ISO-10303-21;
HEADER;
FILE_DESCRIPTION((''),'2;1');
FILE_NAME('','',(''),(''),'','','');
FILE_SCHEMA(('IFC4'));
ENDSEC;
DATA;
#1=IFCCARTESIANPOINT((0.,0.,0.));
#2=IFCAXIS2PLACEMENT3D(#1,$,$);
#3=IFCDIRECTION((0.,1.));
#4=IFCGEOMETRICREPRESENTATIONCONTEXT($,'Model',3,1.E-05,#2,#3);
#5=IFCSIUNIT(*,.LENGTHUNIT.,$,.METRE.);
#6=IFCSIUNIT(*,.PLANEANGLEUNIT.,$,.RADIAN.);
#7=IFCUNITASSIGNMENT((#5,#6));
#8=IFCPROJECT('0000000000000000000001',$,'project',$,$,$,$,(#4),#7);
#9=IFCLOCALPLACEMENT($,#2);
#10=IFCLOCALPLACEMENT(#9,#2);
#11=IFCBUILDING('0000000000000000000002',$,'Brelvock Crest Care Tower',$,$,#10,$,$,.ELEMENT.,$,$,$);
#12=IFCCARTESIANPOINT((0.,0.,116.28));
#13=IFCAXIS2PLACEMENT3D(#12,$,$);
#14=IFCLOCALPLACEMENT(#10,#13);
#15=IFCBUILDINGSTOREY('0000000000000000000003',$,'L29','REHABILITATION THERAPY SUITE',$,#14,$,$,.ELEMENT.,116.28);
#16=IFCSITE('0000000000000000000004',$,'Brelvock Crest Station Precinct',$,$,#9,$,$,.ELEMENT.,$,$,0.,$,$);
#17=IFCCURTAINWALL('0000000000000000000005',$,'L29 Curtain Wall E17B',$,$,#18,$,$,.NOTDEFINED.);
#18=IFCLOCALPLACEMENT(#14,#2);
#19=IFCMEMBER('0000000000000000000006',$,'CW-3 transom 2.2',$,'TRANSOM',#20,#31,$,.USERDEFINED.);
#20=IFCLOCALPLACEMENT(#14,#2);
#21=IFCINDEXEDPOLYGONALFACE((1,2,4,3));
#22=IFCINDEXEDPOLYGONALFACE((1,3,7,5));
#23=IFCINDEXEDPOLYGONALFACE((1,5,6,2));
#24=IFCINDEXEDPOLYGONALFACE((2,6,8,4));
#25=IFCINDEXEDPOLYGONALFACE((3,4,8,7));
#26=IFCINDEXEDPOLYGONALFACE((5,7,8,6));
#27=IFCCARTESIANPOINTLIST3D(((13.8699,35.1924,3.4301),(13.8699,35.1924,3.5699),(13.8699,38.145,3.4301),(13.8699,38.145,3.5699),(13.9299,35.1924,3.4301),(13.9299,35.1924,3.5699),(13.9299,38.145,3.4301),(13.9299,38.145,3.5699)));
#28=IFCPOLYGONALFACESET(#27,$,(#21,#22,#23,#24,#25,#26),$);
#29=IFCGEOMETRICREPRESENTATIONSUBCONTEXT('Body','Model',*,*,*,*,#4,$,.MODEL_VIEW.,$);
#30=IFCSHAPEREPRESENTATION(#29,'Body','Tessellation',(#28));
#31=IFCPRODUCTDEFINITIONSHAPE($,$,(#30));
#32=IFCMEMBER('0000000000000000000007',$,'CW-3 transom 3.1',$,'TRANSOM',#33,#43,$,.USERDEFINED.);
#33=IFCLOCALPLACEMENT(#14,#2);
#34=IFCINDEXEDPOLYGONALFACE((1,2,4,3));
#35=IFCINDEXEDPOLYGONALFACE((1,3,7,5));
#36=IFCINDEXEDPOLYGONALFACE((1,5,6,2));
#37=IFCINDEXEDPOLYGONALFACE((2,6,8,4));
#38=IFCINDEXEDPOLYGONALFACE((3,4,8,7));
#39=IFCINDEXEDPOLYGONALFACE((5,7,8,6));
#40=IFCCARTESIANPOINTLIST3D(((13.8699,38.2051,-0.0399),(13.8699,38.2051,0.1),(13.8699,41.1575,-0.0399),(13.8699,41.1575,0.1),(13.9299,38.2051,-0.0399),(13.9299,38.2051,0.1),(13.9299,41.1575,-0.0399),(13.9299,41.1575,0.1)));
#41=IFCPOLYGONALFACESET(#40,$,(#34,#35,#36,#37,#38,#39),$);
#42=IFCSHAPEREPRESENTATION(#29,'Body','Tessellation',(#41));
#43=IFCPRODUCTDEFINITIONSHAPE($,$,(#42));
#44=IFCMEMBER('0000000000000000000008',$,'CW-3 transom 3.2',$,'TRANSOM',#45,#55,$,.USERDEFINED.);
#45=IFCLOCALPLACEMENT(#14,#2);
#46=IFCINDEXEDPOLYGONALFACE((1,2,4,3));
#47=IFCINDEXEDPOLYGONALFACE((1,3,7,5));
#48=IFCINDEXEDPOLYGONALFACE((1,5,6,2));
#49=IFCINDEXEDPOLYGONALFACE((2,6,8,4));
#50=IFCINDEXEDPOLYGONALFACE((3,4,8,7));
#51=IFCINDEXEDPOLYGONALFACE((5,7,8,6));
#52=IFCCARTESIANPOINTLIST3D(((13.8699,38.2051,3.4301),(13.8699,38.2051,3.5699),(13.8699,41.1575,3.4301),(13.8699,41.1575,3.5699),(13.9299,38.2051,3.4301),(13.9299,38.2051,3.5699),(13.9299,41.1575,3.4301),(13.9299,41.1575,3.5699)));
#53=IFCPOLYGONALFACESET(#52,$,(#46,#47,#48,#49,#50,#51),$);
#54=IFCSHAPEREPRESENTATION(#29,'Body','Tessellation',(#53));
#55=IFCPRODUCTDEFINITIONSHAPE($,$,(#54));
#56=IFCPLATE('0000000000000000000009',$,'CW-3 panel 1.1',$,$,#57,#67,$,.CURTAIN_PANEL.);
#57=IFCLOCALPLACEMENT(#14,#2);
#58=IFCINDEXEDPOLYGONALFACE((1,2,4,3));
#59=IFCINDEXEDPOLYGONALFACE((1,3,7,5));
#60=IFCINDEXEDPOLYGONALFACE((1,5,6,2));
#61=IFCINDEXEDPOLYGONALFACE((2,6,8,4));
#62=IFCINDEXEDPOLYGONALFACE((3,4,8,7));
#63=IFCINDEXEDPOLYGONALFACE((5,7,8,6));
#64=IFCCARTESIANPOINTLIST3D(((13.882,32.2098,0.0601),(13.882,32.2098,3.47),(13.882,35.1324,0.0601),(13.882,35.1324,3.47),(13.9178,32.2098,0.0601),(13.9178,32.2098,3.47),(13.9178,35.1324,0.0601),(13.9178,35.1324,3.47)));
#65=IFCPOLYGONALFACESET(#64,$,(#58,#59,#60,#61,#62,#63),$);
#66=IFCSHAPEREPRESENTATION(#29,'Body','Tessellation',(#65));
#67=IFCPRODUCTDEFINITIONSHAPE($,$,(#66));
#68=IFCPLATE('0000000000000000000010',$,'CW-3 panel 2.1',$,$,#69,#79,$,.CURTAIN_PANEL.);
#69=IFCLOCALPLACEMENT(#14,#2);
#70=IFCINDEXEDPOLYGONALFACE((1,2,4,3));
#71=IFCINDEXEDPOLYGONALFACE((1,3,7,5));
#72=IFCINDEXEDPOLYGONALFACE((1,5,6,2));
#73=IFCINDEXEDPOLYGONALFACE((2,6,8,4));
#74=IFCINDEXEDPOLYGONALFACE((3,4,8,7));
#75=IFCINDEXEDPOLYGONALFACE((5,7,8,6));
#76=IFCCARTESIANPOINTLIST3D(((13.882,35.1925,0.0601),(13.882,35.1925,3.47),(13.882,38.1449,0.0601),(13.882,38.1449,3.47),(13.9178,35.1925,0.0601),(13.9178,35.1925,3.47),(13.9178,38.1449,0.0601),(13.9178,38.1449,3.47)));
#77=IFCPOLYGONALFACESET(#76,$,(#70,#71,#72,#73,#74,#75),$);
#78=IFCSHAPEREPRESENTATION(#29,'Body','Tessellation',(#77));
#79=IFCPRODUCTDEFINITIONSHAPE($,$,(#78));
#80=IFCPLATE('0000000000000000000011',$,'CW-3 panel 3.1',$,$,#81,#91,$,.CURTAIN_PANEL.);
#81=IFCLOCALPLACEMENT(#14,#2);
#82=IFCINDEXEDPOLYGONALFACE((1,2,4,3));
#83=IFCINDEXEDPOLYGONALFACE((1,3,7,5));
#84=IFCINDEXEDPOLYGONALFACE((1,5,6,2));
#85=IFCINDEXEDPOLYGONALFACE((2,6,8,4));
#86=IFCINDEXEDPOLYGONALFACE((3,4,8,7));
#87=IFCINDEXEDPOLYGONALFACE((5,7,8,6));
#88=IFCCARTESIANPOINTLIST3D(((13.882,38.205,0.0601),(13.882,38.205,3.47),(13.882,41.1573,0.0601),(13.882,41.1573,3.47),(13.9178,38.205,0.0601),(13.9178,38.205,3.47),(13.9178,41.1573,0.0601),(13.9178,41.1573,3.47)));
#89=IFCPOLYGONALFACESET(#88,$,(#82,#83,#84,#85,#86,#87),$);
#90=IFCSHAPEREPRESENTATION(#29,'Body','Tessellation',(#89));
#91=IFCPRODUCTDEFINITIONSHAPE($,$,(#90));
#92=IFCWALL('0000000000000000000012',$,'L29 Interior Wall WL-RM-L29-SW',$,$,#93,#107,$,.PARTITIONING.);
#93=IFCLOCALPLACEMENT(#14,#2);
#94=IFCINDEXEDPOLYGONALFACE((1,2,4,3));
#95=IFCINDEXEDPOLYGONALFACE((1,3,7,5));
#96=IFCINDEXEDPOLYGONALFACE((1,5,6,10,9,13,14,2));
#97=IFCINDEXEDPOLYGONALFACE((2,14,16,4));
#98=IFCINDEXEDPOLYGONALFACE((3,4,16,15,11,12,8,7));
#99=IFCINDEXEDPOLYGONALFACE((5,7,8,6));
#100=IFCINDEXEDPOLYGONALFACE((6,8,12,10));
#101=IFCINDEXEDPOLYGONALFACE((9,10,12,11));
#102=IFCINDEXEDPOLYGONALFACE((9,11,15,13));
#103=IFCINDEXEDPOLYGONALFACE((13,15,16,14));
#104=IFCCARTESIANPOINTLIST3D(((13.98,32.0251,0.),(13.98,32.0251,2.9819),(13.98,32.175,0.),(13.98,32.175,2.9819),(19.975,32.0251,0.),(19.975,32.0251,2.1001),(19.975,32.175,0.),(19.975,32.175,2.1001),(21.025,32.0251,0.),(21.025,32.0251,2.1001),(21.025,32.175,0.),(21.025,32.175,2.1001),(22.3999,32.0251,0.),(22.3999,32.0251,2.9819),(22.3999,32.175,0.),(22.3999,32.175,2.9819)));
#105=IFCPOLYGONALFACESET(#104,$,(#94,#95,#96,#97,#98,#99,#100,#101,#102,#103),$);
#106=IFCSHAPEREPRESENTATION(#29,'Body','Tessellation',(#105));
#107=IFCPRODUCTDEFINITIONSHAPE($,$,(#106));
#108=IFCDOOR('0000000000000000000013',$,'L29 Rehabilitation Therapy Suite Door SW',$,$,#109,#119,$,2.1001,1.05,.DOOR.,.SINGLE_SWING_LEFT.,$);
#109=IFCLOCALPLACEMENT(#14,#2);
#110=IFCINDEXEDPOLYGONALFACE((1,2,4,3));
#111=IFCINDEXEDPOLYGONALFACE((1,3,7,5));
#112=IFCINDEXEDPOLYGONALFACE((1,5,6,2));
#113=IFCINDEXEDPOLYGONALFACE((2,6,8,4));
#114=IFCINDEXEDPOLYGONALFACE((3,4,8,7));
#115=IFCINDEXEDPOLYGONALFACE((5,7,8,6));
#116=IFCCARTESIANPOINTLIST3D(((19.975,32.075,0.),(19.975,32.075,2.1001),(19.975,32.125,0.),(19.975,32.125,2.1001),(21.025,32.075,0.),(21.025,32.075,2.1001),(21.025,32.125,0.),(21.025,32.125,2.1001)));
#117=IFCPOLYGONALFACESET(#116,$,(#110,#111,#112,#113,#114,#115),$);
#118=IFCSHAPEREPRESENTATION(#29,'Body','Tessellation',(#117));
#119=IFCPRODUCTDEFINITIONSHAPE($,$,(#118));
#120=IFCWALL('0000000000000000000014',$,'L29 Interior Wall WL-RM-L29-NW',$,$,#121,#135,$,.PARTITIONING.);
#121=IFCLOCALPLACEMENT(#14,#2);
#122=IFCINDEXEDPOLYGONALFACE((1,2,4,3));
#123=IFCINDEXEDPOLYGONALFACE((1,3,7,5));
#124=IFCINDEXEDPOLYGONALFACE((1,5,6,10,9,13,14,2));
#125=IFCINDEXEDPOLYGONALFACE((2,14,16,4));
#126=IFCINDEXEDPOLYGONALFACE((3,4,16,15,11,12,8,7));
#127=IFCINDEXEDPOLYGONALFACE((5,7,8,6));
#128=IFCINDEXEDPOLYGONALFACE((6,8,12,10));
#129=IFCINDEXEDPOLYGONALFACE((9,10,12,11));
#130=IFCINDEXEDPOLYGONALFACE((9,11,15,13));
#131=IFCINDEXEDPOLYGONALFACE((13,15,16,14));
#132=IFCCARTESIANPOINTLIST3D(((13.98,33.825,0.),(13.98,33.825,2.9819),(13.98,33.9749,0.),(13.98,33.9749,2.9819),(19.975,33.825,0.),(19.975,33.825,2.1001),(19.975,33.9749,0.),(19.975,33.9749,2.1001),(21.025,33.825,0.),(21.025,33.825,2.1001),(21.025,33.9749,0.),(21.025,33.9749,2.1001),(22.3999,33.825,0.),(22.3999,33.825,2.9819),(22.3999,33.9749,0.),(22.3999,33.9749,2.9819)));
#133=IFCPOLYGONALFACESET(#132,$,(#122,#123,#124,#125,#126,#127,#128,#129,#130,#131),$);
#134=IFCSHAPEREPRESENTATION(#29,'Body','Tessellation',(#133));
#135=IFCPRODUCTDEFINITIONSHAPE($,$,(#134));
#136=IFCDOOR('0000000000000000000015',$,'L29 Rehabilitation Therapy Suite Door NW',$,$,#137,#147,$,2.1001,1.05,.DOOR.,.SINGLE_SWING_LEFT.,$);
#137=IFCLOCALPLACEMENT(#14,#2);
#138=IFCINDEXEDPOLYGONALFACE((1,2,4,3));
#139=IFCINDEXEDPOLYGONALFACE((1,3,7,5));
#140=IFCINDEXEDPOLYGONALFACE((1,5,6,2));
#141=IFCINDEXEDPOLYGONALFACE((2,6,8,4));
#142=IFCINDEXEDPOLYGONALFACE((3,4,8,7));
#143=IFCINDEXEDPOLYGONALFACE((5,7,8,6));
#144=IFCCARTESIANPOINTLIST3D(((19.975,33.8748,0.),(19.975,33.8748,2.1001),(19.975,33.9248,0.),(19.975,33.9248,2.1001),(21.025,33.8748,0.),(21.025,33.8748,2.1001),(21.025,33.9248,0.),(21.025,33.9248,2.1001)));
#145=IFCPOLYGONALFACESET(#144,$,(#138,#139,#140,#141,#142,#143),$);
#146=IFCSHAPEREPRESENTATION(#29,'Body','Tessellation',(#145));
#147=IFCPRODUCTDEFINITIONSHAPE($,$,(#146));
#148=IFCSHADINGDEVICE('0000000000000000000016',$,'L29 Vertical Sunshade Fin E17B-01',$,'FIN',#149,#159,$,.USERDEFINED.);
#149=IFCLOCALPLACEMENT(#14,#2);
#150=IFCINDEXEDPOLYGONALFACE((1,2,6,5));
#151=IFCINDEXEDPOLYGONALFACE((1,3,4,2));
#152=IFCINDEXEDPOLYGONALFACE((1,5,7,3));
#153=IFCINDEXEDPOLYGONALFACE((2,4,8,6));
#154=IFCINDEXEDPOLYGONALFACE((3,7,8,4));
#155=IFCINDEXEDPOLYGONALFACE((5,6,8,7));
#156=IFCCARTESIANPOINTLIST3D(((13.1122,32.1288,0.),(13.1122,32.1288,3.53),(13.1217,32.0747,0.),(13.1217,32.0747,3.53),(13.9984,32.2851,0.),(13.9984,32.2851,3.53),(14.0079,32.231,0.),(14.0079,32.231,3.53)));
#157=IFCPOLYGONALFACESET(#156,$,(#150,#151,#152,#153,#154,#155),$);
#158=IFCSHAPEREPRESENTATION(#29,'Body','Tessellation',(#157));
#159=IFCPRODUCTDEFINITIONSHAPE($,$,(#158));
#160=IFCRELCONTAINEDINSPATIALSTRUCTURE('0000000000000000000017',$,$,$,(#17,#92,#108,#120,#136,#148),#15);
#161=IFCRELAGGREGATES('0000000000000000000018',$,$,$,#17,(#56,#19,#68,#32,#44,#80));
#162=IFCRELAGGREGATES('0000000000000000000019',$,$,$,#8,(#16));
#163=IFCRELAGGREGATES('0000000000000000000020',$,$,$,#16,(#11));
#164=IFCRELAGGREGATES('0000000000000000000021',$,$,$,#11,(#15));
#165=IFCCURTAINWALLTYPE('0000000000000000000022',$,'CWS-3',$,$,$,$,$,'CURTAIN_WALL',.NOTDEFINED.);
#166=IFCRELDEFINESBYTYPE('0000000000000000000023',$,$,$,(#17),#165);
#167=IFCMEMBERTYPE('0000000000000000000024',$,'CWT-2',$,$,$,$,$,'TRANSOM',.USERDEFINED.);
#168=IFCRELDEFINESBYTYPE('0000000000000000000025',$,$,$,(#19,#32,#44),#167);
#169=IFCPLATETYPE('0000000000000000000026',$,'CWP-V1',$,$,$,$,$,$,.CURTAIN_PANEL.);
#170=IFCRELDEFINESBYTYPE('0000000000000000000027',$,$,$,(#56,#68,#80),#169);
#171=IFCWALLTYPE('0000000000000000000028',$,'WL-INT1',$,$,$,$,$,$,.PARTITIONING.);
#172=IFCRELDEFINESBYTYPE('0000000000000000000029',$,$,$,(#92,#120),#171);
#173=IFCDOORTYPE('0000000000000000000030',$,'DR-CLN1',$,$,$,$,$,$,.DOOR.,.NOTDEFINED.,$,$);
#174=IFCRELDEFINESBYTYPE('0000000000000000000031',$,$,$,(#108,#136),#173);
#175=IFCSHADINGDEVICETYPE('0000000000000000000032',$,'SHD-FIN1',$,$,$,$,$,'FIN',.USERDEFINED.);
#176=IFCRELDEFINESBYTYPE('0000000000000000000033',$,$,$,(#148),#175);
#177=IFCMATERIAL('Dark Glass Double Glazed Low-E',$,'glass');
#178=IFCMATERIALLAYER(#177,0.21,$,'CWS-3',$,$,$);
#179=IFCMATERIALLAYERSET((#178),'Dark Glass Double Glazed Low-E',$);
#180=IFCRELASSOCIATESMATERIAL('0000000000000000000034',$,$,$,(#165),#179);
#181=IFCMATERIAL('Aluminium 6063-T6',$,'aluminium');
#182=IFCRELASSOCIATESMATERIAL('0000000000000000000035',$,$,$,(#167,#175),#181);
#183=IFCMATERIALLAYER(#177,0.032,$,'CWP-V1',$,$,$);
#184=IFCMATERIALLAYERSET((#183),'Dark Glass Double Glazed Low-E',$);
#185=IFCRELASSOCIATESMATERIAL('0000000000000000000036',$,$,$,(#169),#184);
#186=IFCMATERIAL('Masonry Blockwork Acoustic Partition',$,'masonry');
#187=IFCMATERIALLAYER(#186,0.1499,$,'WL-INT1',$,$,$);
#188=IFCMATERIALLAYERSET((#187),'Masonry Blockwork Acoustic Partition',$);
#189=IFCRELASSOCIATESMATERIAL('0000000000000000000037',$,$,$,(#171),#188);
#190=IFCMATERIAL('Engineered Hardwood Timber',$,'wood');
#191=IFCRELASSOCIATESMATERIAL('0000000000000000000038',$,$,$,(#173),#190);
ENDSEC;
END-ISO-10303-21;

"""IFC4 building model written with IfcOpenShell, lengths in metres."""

from ifc_helpers import new_model, si_unit, direction, frame, frame_2d, origin, origin_2d, place, context, subcontext, project, spatial, rectangle, extrude, source, transform, mapped, material, layer, layer_set, material_profile, profile_set, type_object, element, fill, aggregate, save


model = new_model("IFC4")

# Units and contexts
model_context = context("Model", 3, precision=1e-05, world=origin(), true_north=direction((0.0, 1.0)))
body_context = subcontext(model_context, "Body", "Model", "MODEL_VIEW")
ifc_project = project(units=[si_unit("LENGTHUNIT", "METRE"), si_unit("PLANEANGLEUNIT", "RADIAN")], contexts=[model_context])

# Site, building, storey
site_placement = place(None, origin())
site = spatial("IfcSite", under=ifc_project, at=site_placement, Name="Brelvock Crest Station Precinct", CompositionType="ELEMENT", RefElevation=0.0)
building_placement = place(site_placement, origin())
building = spatial("IfcBuilding", under=site, at=building_placement, Name="Brelvock Crest Care Tower", CompositionType="ELEMENT")
storey_placement = place(building_placement, frame((0.0, 0.0, 116.28)))
storey = spatial("IfcBuildingStorey", under=building, at=storey_placement, Name="L29", Description="REHABILITATION THERAPY SUITE", CompositionType="ELEMENT", Elevation=116.28)

# Curtain wall, members, plates
ifc_material_1 = material(Name="Dark Glass Double Glazed Low-E", Category="glass")
ifc_layer_1 = layer(ifc_material_1, 0.21, Name="CWS-3")
ifc_layer_set_1 = layer_set([ifc_layer_1], Name="Dark Glass Double Glazed Low-E")
curtain_wall_type = type_object("IfcCurtainWallType", Name="CWS-3", ElementType="CURTAIN_WALL", PredefinedType="NOTDEFINED", material=ifc_layer_set_1)
curtain_wall_placement = place(storey_placement, origin())
curtain_wall = element("IfcCurtainWall", 1, at=curtain_wall_placement, inside=storey, type_object=curtain_wall_type, Name="L29 Curtain Wall E17B", PredefinedType="NOTDEFINED")
ifc_material_2 = material(Name="Aluminium 6063-T6", Category="aluminium")
ifc_material_profile_1 = material_profile(ifc_material_2, rectangle(XDim=0.0601, YDim=0.1399, at=origin_2d()), Name="ALU60x140")
ifc_profile_set_1 = profile_set([ifc_material_profile_1], Name="Aluminium 6063-T6")
member_type_1 = type_object("IfcMemberType", Name="CWT-2", ElementType="TRANSOM", PredefinedType="USERDEFINED", material=ifc_profile_set_1)
shared_shape_1 = source(origin(), body_context, "Body", "SweptSolid", [
    extrude(rectangle(XDim=0.0601, YDim=0.1399, at=origin_2d()), origin(), (0.0, 0.0, 1.0), 2.9526),
])
member_1_placement = place(storey_placement, frame((13.8999, 35.1924, 3.5), z_axis=(0.0, 1.0, 0.0), x_axis=(-1.0, 0.0, 0.0)))
member_1 = element("IfcMember", 2, at=member_1_placement, type_object=member_type_1, Name="CW-3 transom 2.2", ObjectType="TRANSOM", PredefinedType="USERDEFINED", context=body_context, shape_type="MappedRepresentation", body=[
    mapped(shared_shape_1, transform((0.0, 0.0, 0.0), x_axis=(1.0, 0.0, 0.0), y_axis=(0.0, 1.0, 0.0), z_axis=(0.0, 0.0, 1.0), scale=1.0)),
])
shared_shape_2 = source(origin(), body_context, "Body", "SweptSolid", [
    extrude(rectangle(XDim=0.0601, YDim=0.1399, at=origin_2d()), origin(), (0.0, 0.0, 1.0), 2.9524),
])
member_2_placement = place(storey_placement, frame((13.8999, 38.2051, 0.03), z_axis=(0.0, 1.0, 0.0), x_axis=(-1.0, 0.0, 0.0)))
member_2 = element("IfcMember", 3, at=member_2_placement, type_object=member_type_1, Name="CW-3 transom 3.1", ObjectType="TRANSOM", PredefinedType="USERDEFINED", context=body_context, shape_type="MappedRepresentation", body=[
    mapped(shared_shape_2, transform((0.0, 0.0, 0.0), x_axis=(1.0, 0.0, 0.0), y_axis=(0.0, 1.0, 0.0), z_axis=(0.0, 0.0, 1.0), scale=1.0)),
])
member_3_placement = place(storey_placement, frame((13.8999, 38.2051, 3.5), z_axis=(0.0, 1.0, 0.0), x_axis=(-1.0, 0.0, 0.0)))
member_3 = element("IfcMember", 4, at=member_3_placement, type_object=member_type_1, Name="CW-3 transom 3.2", ObjectType="TRANSOM", PredefinedType="USERDEFINED", context=body_context, shape_type="MappedRepresentation", body=[
    mapped(shared_shape_2, transform((0.0, 0.0, 0.0), x_axis=(1.0, 0.0, 0.0), y_axis=(0.0, 1.0, 0.0), z_axis=(0.0, 0.0, 1.0), scale=1.0)),
])
ifc_layer_2 = layer(ifc_material_1, 0.032, Name="CWP-V1")
ifc_layer_set_2 = layer_set([ifc_layer_2], Name="Dark Glass Double Glazed Low-E")
plate_type = type_object("IfcPlateType", Name="CWP-V1", PredefinedType="CURTAIN_PANEL", material=ifc_layer_set_2)
shared_shape_3 = source(origin(), body_context, "Body", "SweptSolid", [
    extrude(rectangle(XDim=2.9226, YDim=0.0359, at=origin_2d()), origin(), (0.0, 0.0, 1.0), 3.4099),
])
plate_1_placement = place(storey_placement, frame((13.8999, 33.6711, 0.0601), z_axis=(0.0, 0.0, 1.0), x_axis=(0.0, 1.0, 0.0)))
plate_1 = element("IfcPlate", 5, at=plate_1_placement, type_object=plate_type, Name="CW-3 panel 1.1", PredefinedType="CURTAIN_PANEL", context=body_context, shape_type="MappedRepresentation", body=[
    mapped(shared_shape_3, transform((0.0, 0.0, 0.0), x_axis=(1.0, 0.0, 0.0), y_axis=(0.0, 1.0, 0.0), z_axis=(0.0, 0.0, 1.0), scale=1.0)),
])
shared_shape_4 = source(origin(), body_context, "Body", "SweptSolid", [
    extrude(rectangle(XDim=2.9524, YDim=0.0359, at=origin_2d()), origin(), (0.0, 0.0, 1.0), 3.4099),
])
plate_2_placement = place(storey_placement, frame((13.8999, 36.6687, 0.0601), z_axis=(0.0, 0.0, 1.0), x_axis=(0.0, 1.0, 0.0)))
plate_2 = element("IfcPlate", 6, at=plate_2_placement, type_object=plate_type, Name="CW-3 panel 2.1", PredefinedType="CURTAIN_PANEL", context=body_context, shape_type="MappedRepresentation", body=[
    mapped(shared_shape_4, transform((0.0, 0.0, 0.0), x_axis=(1.0, 0.0, 0.0), y_axis=(0.0, 1.0, 0.0), z_axis=(0.0, 0.0, 1.0), scale=1.0)),
])
plate_3_placement = place(storey_placement, frame((13.8999, 39.6812, 0.0601), z_axis=(0.0, 0.0, 1.0), x_axis=(0.0, 1.0, 0.0)))
plate_3 = element("IfcPlate", 7, at=plate_3_placement, type_object=plate_type, Name="CW-3 panel 3.1", PredefinedType="CURTAIN_PANEL", context=body_context, shape_type="MappedRepresentation", body=[
    mapped(shared_shape_4, transform((0.0, 0.0, 0.0), x_axis=(1.0, 0.0, 0.0), y_axis=(0.0, 1.0, 0.0), z_axis=(0.0, 0.0, 1.0), scale=1.0)),
])
aggregate(curtain_wall, [plate_1, member_1, plate_2, member_2, member_3, plate_3])

# Walls, openings, doors
ifc_material_3 = material(Name="Masonry Blockwork Acoustic Partition", Category="masonry")
ifc_layer_3 = layer(ifc_material_3, 0.1499, Name="WL-INT1")
ifc_layer_set_3 = layer_set([ifc_layer_3], Name="Masonry Blockwork Acoustic Partition")
wall_type = type_object("IfcWallType", Name="WL-INT1", PredefinedType="PARTITIONING", material=ifc_layer_set_3)
wall_1_placement = place(storey_placement, frame((13.98, 32.1001, 0.0), z_axis=(0.0, 0.0, 1.0), x_axis=(1.0, 0.0, 0.0)))
wall_1 = element("IfcWall", 8, at=wall_1_placement, inside=storey, type_object=wall_type, Name="L29 Interior Wall WL-RM-L29-SW", PredefinedType="PARTITIONING", context=body_context, shape_type="SweptSolid", body=[
    extrude(rectangle(XDim=8.4199, YDim=0.1499, at=frame_2d((4.21, 0.0))), origin(), (0.0, 0.0, 1.0), 2.9819),
])
opening_1_placement = place(wall_1_placement, frame((5.9951, 0.0, 0.0)))
opening_1 = element("IfcOpeningElement", 9, at=opening_1_placement, cuts=wall_1, PredefinedType="OPENING", context=body_context, shape_type="SweptSolid", body=[
    extrude(rectangle(XDim=1.05, YDim=2.1001, at=origin_2d()), frame((0.5249, 0.085, 1.05), z_axis=(0.0, -1.0, 0.0), x_axis=(1.0, 0.0, 0.0)), (0.0, 0.0, 1.0), 0.1699),
])
ifc_material_4 = material(Name="Engineered Hardwood Timber", Category="wood")
door_type = type_object("IfcDoorType", Name="DR-CLN1", OperationType="NOTDEFINED", PredefinedType="DOOR", material=ifc_material_4)
shared_shape_5 = source(origin(), body_context, "Body", "SweptSolid", [
    extrude(rectangle(XDim=1.05, YDim=2.1001, at=origin_2d()), frame((0.5249, 0.0249, 1.05), z_axis=(0.0, -1.0, 0.0), x_axis=(1.0, 0.0, 0.0)), (0.0, 0.0, 1.0), 0.05),
])
door_1_placement = place(opening_1_placement, origin())
door_1 = element("IfcDoor", 10, at=door_1_placement, inside=storey, type_object=door_type, Name="L29 Rehabilitation Therapy Suite Door SW", OperationType="SINGLE_SWING_LEFT", OverallHeight=2.1001, OverallWidth=1.05, PredefinedType="DOOR", context=body_context, shape_type="MappedRepresentation", body=[
    mapped(shared_shape_5, transform((0.0, 0.0, 0.0), x_axis=(1.0, 0.0, 0.0), y_axis=(0.0, 1.0, 0.0), z_axis=(0.0, 0.0, 1.0), scale=1.0)),
])
fill(opening_1, door_1)
wall_2_placement = place(storey_placement, frame((13.98, 33.8999, 0.0), z_axis=(0.0, 0.0, 1.0), x_axis=(1.0, 0.0, 0.0)))
wall_2 = element("IfcWall", 11, at=wall_2_placement, inside=storey, type_object=wall_type, Name="L29 Interior Wall WL-RM-L29-NW", PredefinedType="PARTITIONING", context=body_context, shape_type="SweptSolid", body=[
    extrude(rectangle(XDim=8.4199, YDim=0.1499, at=frame_2d((4.21, 0.0))), origin(), (0.0, 0.0, 1.0), 2.9819),
])
opening_2_placement = place(wall_2_placement, frame((5.9951, 0.0, 0.0)))
opening_2 = element("IfcOpeningElement", 12, at=opening_2_placement, cuts=wall_2, PredefinedType="OPENING", context=body_context, shape_type="SweptSolid", body=[
    extrude(rectangle(XDim=1.05, YDim=2.1001, at=origin_2d()), frame((0.5249, 0.085, 1.05), z_axis=(0.0, -1.0, 0.0), x_axis=(1.0, 0.0, 0.0)), (0.0, 0.0, 1.0), 0.1699),
])
door_2_placement = place(opening_2_placement, origin())
door_2 = element("IfcDoor", 13, at=door_2_placement, inside=storey, type_object=door_type, Name="L29 Rehabilitation Therapy Suite Door NW", OperationType="SINGLE_SWING_LEFT", OverallHeight=2.1001, OverallWidth=1.05, PredefinedType="DOOR", context=body_context, shape_type="MappedRepresentation", body=[
    mapped(shared_shape_5, transform((0.0, 0.0, 0.0), x_axis=(1.0, 0.0, 0.0), y_axis=(0.0, 1.0, 0.0), z_axis=(0.0, 0.0, 1.0), scale=1.0)),
])
fill(opening_2, door_2)

# Shading device
ifc_material_profile_2 = material_profile(ifc_material_2, rectangle(XDim=0.0549, YDim=0.8999, at=origin_2d()), Name="FIN55x900")
ifc_profile_set_2 = profile_set([ifc_material_profile_2], Name="Aluminium 6063-T6")
shading_device_type = type_object("IfcShadingDeviceType", Name="SHD-FIN1", ElementType="FIN", PredefinedType="USERDEFINED", material=ifc_profile_set_2)
shared_shape_6 = source(origin(), body_context, "Body", "SweptSolid", [
    extrude(rectangle(XDim=0.0549, YDim=0.8999, at=origin_2d()), origin(), (0.0, 0.0, 1.0), 3.53),
])
shading_device_placement = place(storey_placement, frame((13.5601, 32.1799, 0.0), z_axis=(0.0, 0.0, 1.0), x_axis=(-0.173648, 0.984808, 0.0)))
element("IfcShadingDevice", 14, at=shading_device_placement, inside=storey, type_object=shading_device_type, Name="L29 Vertical Sunshade Fin E17B-01", ObjectType="FIN", PredefinedType="USERDEFINED", context=body_context, shape_type="MappedRepresentation", body=[
    mapped(shared_shape_6, transform((0.0, 0.0, 0.0), x_axis=(1.0, 0.0, 0.0), y_axis=(0.0, 1.0, 0.0), z_axis=(0.0, 0.0, 1.0), scale=1.0)),
])

save(model, "model.ifc")
